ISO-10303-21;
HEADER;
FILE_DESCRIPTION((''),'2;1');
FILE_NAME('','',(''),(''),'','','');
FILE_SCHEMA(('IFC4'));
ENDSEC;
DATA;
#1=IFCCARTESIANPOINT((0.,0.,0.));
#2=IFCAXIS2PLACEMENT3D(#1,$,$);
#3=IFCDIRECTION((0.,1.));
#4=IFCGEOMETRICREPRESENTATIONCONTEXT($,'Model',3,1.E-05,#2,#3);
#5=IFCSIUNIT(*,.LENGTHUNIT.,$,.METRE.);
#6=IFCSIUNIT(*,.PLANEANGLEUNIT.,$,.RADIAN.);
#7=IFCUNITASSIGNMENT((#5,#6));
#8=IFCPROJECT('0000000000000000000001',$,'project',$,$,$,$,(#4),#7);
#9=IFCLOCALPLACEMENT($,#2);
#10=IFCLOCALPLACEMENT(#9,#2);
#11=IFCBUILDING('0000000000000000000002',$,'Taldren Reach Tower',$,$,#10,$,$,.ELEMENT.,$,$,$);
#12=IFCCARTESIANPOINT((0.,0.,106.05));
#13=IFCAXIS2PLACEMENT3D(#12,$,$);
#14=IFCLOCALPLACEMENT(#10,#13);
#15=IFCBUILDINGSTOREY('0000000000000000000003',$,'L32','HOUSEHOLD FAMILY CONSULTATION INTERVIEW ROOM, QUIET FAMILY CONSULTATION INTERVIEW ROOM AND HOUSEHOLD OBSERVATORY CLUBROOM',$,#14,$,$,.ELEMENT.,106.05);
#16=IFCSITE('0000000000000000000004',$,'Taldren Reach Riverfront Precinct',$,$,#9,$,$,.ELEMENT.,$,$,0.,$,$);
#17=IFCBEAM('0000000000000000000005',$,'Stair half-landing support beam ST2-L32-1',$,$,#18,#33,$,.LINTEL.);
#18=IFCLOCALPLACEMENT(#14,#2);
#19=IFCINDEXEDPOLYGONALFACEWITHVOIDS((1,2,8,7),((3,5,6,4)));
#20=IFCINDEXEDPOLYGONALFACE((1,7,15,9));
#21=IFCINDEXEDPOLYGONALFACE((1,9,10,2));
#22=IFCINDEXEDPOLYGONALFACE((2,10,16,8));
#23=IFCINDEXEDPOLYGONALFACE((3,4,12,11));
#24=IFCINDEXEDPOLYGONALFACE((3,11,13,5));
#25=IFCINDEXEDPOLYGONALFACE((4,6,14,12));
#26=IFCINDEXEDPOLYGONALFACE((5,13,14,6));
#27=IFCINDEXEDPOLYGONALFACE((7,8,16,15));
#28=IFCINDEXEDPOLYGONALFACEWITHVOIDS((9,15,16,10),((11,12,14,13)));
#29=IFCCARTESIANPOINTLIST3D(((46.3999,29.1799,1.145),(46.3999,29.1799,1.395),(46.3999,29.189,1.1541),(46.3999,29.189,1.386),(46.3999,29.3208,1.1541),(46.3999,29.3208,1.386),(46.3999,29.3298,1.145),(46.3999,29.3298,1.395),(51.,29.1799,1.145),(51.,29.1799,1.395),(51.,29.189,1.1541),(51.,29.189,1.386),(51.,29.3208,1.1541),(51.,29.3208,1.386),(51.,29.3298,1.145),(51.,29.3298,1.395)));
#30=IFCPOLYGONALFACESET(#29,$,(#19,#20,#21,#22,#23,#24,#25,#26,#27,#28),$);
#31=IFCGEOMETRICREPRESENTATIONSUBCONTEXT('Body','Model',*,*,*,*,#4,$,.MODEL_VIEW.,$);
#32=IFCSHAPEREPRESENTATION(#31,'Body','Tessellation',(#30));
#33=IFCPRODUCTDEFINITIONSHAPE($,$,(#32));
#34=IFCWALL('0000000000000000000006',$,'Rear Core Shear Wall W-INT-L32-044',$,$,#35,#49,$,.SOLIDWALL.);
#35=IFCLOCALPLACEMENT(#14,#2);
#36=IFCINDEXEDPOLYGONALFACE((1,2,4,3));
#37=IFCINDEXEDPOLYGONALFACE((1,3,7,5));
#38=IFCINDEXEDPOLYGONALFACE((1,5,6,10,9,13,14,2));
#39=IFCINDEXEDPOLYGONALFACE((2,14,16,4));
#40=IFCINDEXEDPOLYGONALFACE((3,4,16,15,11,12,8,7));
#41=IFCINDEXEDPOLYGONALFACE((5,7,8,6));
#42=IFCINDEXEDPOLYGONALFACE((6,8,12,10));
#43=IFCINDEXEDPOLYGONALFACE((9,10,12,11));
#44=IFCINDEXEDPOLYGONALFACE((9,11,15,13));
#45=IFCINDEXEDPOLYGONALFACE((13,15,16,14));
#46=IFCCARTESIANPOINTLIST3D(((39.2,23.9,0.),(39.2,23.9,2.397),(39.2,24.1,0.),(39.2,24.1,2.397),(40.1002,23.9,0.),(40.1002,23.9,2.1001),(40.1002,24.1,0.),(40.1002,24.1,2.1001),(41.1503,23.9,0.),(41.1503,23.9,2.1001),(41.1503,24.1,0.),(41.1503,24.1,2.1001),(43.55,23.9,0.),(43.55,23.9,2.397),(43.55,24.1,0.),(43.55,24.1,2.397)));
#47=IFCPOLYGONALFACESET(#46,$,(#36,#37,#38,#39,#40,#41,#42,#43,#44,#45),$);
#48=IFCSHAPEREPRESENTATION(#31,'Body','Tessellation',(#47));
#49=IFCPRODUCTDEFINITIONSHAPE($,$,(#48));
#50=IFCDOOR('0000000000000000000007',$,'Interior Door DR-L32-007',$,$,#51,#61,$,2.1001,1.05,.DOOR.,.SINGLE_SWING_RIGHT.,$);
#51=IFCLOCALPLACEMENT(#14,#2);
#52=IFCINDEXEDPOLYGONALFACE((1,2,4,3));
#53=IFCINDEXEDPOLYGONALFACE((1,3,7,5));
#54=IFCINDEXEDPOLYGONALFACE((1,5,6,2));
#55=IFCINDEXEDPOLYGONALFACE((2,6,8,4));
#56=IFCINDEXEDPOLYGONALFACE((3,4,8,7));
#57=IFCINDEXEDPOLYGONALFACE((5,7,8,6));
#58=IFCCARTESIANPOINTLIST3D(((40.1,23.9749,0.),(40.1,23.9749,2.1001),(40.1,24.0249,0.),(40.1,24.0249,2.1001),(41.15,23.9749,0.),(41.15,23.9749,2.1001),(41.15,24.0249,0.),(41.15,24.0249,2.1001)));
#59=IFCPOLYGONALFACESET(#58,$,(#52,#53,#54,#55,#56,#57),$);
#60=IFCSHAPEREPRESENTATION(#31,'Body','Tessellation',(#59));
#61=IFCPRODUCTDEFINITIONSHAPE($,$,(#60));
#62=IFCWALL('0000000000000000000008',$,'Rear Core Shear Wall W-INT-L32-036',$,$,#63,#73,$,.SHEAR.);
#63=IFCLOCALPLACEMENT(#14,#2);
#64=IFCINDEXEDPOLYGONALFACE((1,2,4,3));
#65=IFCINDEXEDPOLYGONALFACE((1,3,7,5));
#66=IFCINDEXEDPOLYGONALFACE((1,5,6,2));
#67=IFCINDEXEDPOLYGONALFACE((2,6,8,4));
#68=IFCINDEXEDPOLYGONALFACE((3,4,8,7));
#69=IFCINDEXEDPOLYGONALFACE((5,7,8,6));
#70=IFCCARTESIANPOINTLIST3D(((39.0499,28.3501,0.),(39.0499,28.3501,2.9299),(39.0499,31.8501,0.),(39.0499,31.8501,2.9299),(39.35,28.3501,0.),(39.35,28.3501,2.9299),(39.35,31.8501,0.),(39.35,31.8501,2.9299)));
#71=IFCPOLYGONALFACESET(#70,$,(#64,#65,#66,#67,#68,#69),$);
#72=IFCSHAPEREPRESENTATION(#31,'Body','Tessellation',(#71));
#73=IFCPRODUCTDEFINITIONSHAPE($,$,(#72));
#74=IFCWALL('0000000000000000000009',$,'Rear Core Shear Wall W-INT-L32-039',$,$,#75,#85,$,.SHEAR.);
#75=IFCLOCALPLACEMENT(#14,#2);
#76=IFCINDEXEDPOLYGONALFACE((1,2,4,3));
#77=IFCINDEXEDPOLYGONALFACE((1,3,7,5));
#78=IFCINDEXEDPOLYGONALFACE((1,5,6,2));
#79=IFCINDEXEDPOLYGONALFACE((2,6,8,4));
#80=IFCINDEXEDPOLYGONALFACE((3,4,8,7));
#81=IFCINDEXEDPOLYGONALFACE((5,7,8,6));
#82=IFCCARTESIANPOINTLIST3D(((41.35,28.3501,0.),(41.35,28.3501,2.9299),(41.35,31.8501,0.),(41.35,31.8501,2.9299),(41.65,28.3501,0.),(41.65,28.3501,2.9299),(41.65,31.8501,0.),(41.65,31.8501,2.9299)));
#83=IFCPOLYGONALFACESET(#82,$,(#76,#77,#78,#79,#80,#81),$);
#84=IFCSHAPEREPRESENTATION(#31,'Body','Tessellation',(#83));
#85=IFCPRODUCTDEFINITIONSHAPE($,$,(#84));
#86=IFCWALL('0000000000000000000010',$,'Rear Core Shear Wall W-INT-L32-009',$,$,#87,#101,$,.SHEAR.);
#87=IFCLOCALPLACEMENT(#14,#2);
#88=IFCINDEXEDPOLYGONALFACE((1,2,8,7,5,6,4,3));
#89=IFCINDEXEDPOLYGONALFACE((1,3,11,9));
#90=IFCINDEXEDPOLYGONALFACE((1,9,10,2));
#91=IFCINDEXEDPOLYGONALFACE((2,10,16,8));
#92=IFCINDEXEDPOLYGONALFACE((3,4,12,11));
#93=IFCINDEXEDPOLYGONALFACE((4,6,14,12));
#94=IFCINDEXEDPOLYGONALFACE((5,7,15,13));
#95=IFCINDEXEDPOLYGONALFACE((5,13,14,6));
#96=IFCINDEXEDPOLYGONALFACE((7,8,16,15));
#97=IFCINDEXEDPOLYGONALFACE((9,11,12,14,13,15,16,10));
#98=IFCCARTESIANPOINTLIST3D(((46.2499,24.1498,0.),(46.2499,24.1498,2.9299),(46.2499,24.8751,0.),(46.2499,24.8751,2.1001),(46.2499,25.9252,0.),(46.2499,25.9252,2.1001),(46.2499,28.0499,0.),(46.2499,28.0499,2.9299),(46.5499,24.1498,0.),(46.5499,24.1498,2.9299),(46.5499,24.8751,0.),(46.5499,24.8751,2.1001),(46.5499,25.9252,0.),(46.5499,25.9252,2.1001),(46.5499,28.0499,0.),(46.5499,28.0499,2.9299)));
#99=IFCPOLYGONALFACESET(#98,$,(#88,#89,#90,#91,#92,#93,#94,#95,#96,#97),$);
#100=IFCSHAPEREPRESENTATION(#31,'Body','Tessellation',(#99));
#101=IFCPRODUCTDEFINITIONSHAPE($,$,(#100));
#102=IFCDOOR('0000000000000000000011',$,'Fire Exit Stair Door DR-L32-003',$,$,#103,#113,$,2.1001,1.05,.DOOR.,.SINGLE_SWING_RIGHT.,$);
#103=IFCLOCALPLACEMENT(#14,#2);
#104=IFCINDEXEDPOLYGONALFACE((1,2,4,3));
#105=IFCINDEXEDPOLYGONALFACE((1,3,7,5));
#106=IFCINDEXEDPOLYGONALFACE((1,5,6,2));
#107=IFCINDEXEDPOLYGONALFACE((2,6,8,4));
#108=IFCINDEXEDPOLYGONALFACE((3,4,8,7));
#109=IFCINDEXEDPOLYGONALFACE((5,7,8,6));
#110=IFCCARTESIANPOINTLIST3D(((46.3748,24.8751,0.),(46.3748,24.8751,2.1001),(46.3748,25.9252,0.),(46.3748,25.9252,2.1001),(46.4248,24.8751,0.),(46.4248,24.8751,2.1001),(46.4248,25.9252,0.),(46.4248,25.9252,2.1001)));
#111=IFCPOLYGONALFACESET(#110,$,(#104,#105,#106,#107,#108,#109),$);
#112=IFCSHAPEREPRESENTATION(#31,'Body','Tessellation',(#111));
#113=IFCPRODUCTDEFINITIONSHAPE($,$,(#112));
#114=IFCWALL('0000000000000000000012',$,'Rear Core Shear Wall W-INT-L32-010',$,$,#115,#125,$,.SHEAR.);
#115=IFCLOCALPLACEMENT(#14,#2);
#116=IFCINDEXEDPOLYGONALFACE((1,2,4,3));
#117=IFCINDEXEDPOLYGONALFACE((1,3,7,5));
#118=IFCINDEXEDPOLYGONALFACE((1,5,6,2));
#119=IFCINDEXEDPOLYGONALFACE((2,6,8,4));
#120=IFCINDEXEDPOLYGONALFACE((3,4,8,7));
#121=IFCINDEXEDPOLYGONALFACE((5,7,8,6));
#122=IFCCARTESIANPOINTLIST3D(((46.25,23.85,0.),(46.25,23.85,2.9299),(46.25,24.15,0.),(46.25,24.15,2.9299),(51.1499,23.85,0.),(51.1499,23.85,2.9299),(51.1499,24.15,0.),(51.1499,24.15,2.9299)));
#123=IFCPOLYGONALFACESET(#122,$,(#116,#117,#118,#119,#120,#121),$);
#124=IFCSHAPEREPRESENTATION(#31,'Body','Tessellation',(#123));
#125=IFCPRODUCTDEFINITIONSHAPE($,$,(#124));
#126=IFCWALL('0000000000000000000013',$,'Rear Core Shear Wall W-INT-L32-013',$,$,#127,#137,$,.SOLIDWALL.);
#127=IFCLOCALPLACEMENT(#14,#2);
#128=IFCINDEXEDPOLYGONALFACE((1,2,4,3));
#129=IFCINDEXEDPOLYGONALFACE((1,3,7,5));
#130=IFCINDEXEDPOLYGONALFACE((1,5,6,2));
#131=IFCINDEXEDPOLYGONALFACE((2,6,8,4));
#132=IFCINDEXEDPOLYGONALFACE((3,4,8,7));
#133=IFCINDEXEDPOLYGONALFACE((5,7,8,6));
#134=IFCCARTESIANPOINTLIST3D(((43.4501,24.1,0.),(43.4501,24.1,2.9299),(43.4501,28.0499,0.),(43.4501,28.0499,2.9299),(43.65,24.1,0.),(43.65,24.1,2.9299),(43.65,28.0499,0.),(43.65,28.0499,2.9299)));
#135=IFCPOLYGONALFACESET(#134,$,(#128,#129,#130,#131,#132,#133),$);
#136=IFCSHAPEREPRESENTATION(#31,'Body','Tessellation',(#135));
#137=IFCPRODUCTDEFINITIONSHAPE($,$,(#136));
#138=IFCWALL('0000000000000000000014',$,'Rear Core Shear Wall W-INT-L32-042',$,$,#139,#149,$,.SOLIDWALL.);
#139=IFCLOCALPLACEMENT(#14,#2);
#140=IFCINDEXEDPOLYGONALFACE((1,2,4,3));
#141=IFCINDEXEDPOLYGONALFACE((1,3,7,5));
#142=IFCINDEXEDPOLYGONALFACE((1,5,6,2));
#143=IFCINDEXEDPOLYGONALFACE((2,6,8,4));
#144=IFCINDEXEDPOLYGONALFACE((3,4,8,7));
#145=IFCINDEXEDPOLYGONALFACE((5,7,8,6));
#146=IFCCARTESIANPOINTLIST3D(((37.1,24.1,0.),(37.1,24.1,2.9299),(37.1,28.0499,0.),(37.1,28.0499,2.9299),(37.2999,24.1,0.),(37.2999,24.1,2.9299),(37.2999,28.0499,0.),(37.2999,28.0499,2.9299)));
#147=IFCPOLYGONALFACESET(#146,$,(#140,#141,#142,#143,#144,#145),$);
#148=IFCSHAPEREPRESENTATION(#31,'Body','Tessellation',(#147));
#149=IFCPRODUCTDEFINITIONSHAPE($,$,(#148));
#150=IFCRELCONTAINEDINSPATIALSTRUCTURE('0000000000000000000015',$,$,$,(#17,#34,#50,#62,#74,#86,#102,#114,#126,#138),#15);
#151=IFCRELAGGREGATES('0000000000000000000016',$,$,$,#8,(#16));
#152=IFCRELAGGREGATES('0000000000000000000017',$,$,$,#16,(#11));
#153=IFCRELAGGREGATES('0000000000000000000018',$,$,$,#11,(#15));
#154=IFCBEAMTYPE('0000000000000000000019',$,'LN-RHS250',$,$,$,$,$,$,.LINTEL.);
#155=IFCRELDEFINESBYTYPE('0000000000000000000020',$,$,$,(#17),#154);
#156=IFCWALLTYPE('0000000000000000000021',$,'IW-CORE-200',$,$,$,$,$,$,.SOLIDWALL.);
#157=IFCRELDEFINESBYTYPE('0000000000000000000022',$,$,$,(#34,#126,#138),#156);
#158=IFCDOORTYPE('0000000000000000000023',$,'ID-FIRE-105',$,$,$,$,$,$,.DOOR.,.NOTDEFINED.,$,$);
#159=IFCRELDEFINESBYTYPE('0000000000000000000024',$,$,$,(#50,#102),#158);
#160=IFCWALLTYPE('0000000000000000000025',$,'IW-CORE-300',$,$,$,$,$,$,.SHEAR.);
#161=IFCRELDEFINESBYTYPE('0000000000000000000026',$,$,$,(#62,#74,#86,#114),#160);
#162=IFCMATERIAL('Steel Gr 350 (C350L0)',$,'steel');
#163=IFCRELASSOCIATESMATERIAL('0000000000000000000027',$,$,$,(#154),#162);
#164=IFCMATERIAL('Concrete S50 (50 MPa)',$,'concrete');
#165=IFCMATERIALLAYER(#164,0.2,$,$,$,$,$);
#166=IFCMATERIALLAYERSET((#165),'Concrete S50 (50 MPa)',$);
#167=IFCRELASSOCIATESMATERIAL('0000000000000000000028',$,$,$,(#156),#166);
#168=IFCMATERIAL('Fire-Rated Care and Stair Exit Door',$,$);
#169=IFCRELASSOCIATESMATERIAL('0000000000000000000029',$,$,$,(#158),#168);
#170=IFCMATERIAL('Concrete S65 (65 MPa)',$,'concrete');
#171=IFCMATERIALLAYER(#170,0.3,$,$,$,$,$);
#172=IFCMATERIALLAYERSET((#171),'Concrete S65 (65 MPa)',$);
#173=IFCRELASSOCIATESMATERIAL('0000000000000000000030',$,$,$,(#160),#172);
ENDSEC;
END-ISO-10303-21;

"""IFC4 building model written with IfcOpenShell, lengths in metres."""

from ifc_helpers import new_model, si_unit, direction, frame, frame_2d, origin, origin_2d, place, context, subcontext, project, spatial, rectangle, hollow_rectangle, extrude, source, transform, mapped, material, layer, layer_set, material_profile, profile_set, type_object, element, fill, save


model = new_model("IFC4")

# Units and contexts
model_context = context("Model", 3, precision=1e-05, world=origin(), true_north=direction((0.0, 1.0)))
body_context = subcontext(model_context, "Body", "Model", "MODEL_VIEW")
ifc_project = project(units=[si_unit("LENGTHUNIT", "METRE"), si_unit("PLANEANGLEUNIT", "RADIAN")], contexts=[model_context])

# Site, building, storey
site_placement = place(None, origin())
site = spatial("IfcSite", under=ifc_project, at=site_placement, Name="Taldren Reach Riverfront Precinct", CompositionType="ELEMENT", RefElevation=0.0)
building_placement = place(site_placement, origin())
building = spatial("IfcBuilding", under=site, at=building_placement, Name="Taldren Reach Tower", CompositionType="ELEMENT")
storey_placement = place(building_placement, frame((0.0, 0.0, 106.05)))
storey = spatial("IfcBuildingStorey", under=building, at=storey_placement, Name="L32", Description="HOUSEHOLD FAMILY CONSULTATION INTERVIEW ROOM, QUIET FAMILY CONSULTATION INTERVIEW ROOM AND HOUSEHOLD OBSERVATORY CLUBROOM", CompositionType="ELEMENT", Elevation=106.05)

# Beam
ifc_material_1 = material(Name="Steel Gr 350 (C350L0)", Category="steel")
ifc_material_profile = material_profile(ifc_material_1, hollow_rectangle(XDim=0.1499, YDim=0.25, WallThickness=0.009, at=origin_2d()), Name="250x150x9.0RHS")
ifc_profile_set = profile_set([ifc_material_profile], Name="Steel Gr 350 (C350L0)")
beam_type = type_object("IfcBeamType", Name="LN-RHS250", PredefinedType="LINTEL", material=ifc_profile_set)
shared_shape_1 = source(origin(), body_context, "Body", "SweptSolid", [
    extrude(hollow_rectangle(XDim=0.1499, YDim=0.25, WallThickness=0.009, at=origin_2d()), origin(), (0.0, 0.0, 1.0), 4.6001),
])
beam_placement = place(storey_placement, frame((46.3999, 29.2549, 1.27), z_axis=(1.0, 0.0, 0.0), x_axis=(0.0, 1.0, 0.0)))
element("IfcBeam", 1, at=beam_placement, inside=storey, type_object=beam_type, Name="Stair half-landing support beam ST2-L32-1", PredefinedType="LINTEL", context=body_context, shape_type="MappedRepresentation", body=[
    mapped(shared_shape_1, transform((0.0, 0.0, 0.0), scale=1.0)),
])

# Wall, opening, door
ifc_material_2 = material(Name="Concrete S50 (50 MPa)", Category="concrete")
ifc_layer_1 = layer(ifc_material_2, 0.2)
ifc_layer_set_1 = layer_set([ifc_layer_1], Name="Concrete S50 (50 MPa)")
wall_type_1 = type_object("IfcWallType", Name="IW-CORE-200", PredefinedType="SOLIDWALL", material=ifc_layer_set_1)
shared_shape_2 = source(origin(), body_context, "Body", "SweptSolid", [
    extrude(rectangle(XDim=4.3501, YDim=0.2, at=frame_2d((2.175, 0.0))), origin(), (0.0, 0.0, 1.0), 2.397),
])
wall_1_placement = place(storey_placement, frame((43.55, 24.0, 0.0), z_axis=(0.0, 0.0, 1.0), x_axis=(-1.0, 0.0, 0.0)))
wall_1 = element("IfcWall", 2, at=wall_1_placement, inside=storey, type_object=wall_type_1, Name="Rear Core Shear Wall W-INT-L32-044", PredefinedType="SOLIDWALL", context=body_context, shape_type="MappedRepresentation", body=[
    mapped(shared_shape_2, transform((0.0, 0.0, 0.0), scale=1.0)),
])
shared_shape_3 = source(origin(), body_context, "Body", "SweptSolid", [
    extrude(rectangle(XDim=1.05, YDim=2.1001, at=frame_2d((0.5249, 1.05))), frame((0.0, 0.1099, 0.0), z_axis=(0.0, -1.0, 0.0), x_axis=(1.0, 0.0, 0.0)), (0.0, 0.0, 1.0), 0.22),
])
opening_1_placement = place(wall_1_placement, frame((2.3999, 0.0, 0.0)))
opening_1 = element("IfcOpeningElement", 3, at=opening_1_placement, cuts=wall_1, PredefinedType="OPENING", context=body_context, shape_type="MappedRepresentation", body=[
    mapped(shared_shape_3, transform((0.0, 0.0, 0.0), scale=1.0)),
])
ifc_material_3 = material(Name="Fire-Rated Care and Stair Exit Door")
door_type_1 = type_object("IfcDoorType", Name="ID-FIRE-105", OperationType="NOTDEFINED", PredefinedType="DOOR", material=ifc_material_3)
shared_shape_4 = source(origin(), body_context, "Body", "SweptSolid", [
    extrude(rectangle(XDim=1.05, YDim=2.1001, at=frame_2d((0.5249, 1.05))), frame((0.0, 0.0249, 0.0), z_axis=(0.0, -1.0, 0.0), x_axis=(1.0, 0.0, 0.0)), (0.0, 0.0, 1.0), 0.05),
])
door_1_placement = place(opening_1_placement, frame((1.05, 0.0, 0.0), z_axis=(0.0, 0.0, 1.0), x_axis=(-1.0, 0.0, 0.0)))
door_1 = element("IfcDoor", 4, at=door_1_placement, inside=storey, type_object=door_type_1, Name="Interior Door DR-L32-007", OperationType="SINGLE_SWING_RIGHT", OverallHeight=2.1001, OverallWidth=1.05, PredefinedType="DOOR", context=body_context, shape_type="MappedRepresentation", body=[
    mapped(shared_shape_4, transform((0.0, 0.0, 0.0), scale=1.0)),
])
fill(opening_1, door_1)

# Walls
ifc_material_4 = material(Name="Concrete S65 (65 MPa)", Category="concrete")
ifc_layer_2 = layer(ifc_material_4, 0.3)
ifc_layer_set_2 = layer_set([ifc_layer_2], Name="Concrete S65 (65 MPa)")
wall_type_2 = type_object("IfcWallType", Name="IW-CORE-300", PredefinedType="SHEAR", material=ifc_layer_set_2)
shared_shape_5 = source(origin(), body_context, "Body", "SweptSolid", [
    extrude(rectangle(XDim=3.5, YDim=0.3, at=frame_2d((1.75, 0.0))), origin(), (0.0, 0.0, 1.0), 2.9299),
])
for number, where, z_axis, x_axis, name in (
    (5, (39.2, 28.3501, 0.0), (0.0, 0.0, 1.0), (0.0, 1.0, 0.0), "Rear Core Shear Wall W-INT-L32-036"),
    (6, (41.5, 28.3501, 0.0), (0.0, 0.0, 1.0), (0.0, 1.0, 0.0), "Rear Core Shear Wall W-INT-L32-039"),
):
    element("IfcWall", number, at=place(storey_placement, frame(where, z_axis=z_axis, x_axis=x_axis)), inside=storey, type_object=wall_type_2, Name=name, PredefinedType="SHEAR", context=body_context, shape_type="MappedRepresentation", body=[
        mapped(shared_shape_5, transform((0.0, 0.0, 0.0), scale=1.0)),
    ])

# Wall, opening, door
shared_shape_6 = source(origin(), body_context, "Body", "SweptSolid", [
    extrude(rectangle(XDim=3.9001, YDim=0.3, at=frame_2d((1.9502, 0.0))), origin(), (0.0, 0.0, 1.0), 2.9299),
])
wall_2_placement = place(storey_placement, frame((46.3999, 28.05, 0.0), z_axis=(0.0, 0.0, 1.0), x_axis=(0.0, -1.0, 0.0)))
wall_2 = element("IfcWall", 7, at=wall_2_placement, inside=storey, type_object=wall_type_2, Name="Rear Core Shear Wall W-INT-L32-009", PredefinedType="SHEAR", context=body_context, shape_type="MappedRepresentation", body=[
    mapped(shared_shape_6, transform((0.0, 0.0, 0.0), scale=1.0)),
])
shared_shape_7 = source(origin(), body_context, "Body", "SweptSolid", [
    extrude(rectangle(XDim=1.05, YDim=2.1001, at=frame_2d((0.5249, 1.05))), frame((0.0, 0.1602, 0.0), z_axis=(0.0, -1.0, 0.0), x_axis=(1.0, 0.0, 0.0)), (0.0, 0.0, 1.0), 0.3201),
])
opening_2_placement = place(wall_2_placement, frame((2.125, 0.0, 0.0)))
opening_2 = element("IfcOpeningElement", 8, at=opening_2_placement, cuts=wall_2, PredefinedType="OPENING", context=body_context, shape_type="MappedRepresentation", body=[
    mapped(shared_shape_7, transform((0.0, 0.0, 0.0), scale=1.0)),
])
door_2_placement = place(opening_2_placement, origin())
door_2 = element("IfcDoor", 9, at=door_2_placement, inside=storey, type_object=door_type_1, Name="Fire Exit Stair Door DR-L32-003", OperationType="SINGLE_SWING_RIGHT", OverallHeight=2.1001, OverallWidth=1.05, PredefinedType="DOOR", context=body_context, shape_type="MappedRepresentation", body=[
    mapped(shared_shape_4, transform((0.0, 0.0, 0.0), scale=1.0)),
])
fill(opening_2, door_2)

# Wall
shared_shape_8 = source(origin(), body_context, "Body", "SweptSolid", [
    extrude(rectangle(XDim=4.8999, YDim=0.3, at=frame_2d((2.45, 0.0))), origin(), (0.0, 0.0, 1.0), 2.9299),
])
wall_3_placement = place(storey_placement, frame((46.25, 24.0, 0.0), z_axis=(0.0, 0.0, 1.0), x_axis=(1.0, 0.0, 0.0)))
element("IfcWall", 10, at=wall_3_placement, inside=storey, type_object=wall_type_2, Name="Rear Core Shear Wall W-INT-L32-010", PredefinedType="SHEAR", context=body_context, shape_type="MappedRepresentation", body=[
    mapped(shared_shape_8, transform((0.0, 0.0, 0.0), scale=1.0)),
])

# Walls
shared_shape_9 = source(origin(), body_context, "Body", "SweptSolid", [
    extrude(rectangle(XDim=3.95, YDim=0.2, at=frame_2d((1.9751, 0.0))), origin(), (0.0, 0.0, 1.0), 2.9299),
])
for number, where, z_axis, x_axis, name in (
    (11, (43.55, 28.05, 0.0), (0.0, 0.0, 1.0), (0.0, -1.0, 0.0), "Rear Core Shear Wall W-INT-L32-013"),
    (12, (37.2, 28.05, 0.0), (0.0, 0.0, 1.0), (0.0, -1.0, 0.0), "Rear Core Shear Wall W-INT-L32-042"),
):
    element("IfcWall", number, at=place(storey_placement, frame(where, z_axis=z_axis, x_axis=x_axis)), inside=storey, type_object=wall_type_1, Name=name, PredefinedType="SOLIDWALL", context=body_context, shape_type="MappedRepresentation", body=[
        mapped(shared_shape_9, transform((0.0, 0.0, 0.0), scale=1.0)),
    ])

save(model, "model.ifc")
